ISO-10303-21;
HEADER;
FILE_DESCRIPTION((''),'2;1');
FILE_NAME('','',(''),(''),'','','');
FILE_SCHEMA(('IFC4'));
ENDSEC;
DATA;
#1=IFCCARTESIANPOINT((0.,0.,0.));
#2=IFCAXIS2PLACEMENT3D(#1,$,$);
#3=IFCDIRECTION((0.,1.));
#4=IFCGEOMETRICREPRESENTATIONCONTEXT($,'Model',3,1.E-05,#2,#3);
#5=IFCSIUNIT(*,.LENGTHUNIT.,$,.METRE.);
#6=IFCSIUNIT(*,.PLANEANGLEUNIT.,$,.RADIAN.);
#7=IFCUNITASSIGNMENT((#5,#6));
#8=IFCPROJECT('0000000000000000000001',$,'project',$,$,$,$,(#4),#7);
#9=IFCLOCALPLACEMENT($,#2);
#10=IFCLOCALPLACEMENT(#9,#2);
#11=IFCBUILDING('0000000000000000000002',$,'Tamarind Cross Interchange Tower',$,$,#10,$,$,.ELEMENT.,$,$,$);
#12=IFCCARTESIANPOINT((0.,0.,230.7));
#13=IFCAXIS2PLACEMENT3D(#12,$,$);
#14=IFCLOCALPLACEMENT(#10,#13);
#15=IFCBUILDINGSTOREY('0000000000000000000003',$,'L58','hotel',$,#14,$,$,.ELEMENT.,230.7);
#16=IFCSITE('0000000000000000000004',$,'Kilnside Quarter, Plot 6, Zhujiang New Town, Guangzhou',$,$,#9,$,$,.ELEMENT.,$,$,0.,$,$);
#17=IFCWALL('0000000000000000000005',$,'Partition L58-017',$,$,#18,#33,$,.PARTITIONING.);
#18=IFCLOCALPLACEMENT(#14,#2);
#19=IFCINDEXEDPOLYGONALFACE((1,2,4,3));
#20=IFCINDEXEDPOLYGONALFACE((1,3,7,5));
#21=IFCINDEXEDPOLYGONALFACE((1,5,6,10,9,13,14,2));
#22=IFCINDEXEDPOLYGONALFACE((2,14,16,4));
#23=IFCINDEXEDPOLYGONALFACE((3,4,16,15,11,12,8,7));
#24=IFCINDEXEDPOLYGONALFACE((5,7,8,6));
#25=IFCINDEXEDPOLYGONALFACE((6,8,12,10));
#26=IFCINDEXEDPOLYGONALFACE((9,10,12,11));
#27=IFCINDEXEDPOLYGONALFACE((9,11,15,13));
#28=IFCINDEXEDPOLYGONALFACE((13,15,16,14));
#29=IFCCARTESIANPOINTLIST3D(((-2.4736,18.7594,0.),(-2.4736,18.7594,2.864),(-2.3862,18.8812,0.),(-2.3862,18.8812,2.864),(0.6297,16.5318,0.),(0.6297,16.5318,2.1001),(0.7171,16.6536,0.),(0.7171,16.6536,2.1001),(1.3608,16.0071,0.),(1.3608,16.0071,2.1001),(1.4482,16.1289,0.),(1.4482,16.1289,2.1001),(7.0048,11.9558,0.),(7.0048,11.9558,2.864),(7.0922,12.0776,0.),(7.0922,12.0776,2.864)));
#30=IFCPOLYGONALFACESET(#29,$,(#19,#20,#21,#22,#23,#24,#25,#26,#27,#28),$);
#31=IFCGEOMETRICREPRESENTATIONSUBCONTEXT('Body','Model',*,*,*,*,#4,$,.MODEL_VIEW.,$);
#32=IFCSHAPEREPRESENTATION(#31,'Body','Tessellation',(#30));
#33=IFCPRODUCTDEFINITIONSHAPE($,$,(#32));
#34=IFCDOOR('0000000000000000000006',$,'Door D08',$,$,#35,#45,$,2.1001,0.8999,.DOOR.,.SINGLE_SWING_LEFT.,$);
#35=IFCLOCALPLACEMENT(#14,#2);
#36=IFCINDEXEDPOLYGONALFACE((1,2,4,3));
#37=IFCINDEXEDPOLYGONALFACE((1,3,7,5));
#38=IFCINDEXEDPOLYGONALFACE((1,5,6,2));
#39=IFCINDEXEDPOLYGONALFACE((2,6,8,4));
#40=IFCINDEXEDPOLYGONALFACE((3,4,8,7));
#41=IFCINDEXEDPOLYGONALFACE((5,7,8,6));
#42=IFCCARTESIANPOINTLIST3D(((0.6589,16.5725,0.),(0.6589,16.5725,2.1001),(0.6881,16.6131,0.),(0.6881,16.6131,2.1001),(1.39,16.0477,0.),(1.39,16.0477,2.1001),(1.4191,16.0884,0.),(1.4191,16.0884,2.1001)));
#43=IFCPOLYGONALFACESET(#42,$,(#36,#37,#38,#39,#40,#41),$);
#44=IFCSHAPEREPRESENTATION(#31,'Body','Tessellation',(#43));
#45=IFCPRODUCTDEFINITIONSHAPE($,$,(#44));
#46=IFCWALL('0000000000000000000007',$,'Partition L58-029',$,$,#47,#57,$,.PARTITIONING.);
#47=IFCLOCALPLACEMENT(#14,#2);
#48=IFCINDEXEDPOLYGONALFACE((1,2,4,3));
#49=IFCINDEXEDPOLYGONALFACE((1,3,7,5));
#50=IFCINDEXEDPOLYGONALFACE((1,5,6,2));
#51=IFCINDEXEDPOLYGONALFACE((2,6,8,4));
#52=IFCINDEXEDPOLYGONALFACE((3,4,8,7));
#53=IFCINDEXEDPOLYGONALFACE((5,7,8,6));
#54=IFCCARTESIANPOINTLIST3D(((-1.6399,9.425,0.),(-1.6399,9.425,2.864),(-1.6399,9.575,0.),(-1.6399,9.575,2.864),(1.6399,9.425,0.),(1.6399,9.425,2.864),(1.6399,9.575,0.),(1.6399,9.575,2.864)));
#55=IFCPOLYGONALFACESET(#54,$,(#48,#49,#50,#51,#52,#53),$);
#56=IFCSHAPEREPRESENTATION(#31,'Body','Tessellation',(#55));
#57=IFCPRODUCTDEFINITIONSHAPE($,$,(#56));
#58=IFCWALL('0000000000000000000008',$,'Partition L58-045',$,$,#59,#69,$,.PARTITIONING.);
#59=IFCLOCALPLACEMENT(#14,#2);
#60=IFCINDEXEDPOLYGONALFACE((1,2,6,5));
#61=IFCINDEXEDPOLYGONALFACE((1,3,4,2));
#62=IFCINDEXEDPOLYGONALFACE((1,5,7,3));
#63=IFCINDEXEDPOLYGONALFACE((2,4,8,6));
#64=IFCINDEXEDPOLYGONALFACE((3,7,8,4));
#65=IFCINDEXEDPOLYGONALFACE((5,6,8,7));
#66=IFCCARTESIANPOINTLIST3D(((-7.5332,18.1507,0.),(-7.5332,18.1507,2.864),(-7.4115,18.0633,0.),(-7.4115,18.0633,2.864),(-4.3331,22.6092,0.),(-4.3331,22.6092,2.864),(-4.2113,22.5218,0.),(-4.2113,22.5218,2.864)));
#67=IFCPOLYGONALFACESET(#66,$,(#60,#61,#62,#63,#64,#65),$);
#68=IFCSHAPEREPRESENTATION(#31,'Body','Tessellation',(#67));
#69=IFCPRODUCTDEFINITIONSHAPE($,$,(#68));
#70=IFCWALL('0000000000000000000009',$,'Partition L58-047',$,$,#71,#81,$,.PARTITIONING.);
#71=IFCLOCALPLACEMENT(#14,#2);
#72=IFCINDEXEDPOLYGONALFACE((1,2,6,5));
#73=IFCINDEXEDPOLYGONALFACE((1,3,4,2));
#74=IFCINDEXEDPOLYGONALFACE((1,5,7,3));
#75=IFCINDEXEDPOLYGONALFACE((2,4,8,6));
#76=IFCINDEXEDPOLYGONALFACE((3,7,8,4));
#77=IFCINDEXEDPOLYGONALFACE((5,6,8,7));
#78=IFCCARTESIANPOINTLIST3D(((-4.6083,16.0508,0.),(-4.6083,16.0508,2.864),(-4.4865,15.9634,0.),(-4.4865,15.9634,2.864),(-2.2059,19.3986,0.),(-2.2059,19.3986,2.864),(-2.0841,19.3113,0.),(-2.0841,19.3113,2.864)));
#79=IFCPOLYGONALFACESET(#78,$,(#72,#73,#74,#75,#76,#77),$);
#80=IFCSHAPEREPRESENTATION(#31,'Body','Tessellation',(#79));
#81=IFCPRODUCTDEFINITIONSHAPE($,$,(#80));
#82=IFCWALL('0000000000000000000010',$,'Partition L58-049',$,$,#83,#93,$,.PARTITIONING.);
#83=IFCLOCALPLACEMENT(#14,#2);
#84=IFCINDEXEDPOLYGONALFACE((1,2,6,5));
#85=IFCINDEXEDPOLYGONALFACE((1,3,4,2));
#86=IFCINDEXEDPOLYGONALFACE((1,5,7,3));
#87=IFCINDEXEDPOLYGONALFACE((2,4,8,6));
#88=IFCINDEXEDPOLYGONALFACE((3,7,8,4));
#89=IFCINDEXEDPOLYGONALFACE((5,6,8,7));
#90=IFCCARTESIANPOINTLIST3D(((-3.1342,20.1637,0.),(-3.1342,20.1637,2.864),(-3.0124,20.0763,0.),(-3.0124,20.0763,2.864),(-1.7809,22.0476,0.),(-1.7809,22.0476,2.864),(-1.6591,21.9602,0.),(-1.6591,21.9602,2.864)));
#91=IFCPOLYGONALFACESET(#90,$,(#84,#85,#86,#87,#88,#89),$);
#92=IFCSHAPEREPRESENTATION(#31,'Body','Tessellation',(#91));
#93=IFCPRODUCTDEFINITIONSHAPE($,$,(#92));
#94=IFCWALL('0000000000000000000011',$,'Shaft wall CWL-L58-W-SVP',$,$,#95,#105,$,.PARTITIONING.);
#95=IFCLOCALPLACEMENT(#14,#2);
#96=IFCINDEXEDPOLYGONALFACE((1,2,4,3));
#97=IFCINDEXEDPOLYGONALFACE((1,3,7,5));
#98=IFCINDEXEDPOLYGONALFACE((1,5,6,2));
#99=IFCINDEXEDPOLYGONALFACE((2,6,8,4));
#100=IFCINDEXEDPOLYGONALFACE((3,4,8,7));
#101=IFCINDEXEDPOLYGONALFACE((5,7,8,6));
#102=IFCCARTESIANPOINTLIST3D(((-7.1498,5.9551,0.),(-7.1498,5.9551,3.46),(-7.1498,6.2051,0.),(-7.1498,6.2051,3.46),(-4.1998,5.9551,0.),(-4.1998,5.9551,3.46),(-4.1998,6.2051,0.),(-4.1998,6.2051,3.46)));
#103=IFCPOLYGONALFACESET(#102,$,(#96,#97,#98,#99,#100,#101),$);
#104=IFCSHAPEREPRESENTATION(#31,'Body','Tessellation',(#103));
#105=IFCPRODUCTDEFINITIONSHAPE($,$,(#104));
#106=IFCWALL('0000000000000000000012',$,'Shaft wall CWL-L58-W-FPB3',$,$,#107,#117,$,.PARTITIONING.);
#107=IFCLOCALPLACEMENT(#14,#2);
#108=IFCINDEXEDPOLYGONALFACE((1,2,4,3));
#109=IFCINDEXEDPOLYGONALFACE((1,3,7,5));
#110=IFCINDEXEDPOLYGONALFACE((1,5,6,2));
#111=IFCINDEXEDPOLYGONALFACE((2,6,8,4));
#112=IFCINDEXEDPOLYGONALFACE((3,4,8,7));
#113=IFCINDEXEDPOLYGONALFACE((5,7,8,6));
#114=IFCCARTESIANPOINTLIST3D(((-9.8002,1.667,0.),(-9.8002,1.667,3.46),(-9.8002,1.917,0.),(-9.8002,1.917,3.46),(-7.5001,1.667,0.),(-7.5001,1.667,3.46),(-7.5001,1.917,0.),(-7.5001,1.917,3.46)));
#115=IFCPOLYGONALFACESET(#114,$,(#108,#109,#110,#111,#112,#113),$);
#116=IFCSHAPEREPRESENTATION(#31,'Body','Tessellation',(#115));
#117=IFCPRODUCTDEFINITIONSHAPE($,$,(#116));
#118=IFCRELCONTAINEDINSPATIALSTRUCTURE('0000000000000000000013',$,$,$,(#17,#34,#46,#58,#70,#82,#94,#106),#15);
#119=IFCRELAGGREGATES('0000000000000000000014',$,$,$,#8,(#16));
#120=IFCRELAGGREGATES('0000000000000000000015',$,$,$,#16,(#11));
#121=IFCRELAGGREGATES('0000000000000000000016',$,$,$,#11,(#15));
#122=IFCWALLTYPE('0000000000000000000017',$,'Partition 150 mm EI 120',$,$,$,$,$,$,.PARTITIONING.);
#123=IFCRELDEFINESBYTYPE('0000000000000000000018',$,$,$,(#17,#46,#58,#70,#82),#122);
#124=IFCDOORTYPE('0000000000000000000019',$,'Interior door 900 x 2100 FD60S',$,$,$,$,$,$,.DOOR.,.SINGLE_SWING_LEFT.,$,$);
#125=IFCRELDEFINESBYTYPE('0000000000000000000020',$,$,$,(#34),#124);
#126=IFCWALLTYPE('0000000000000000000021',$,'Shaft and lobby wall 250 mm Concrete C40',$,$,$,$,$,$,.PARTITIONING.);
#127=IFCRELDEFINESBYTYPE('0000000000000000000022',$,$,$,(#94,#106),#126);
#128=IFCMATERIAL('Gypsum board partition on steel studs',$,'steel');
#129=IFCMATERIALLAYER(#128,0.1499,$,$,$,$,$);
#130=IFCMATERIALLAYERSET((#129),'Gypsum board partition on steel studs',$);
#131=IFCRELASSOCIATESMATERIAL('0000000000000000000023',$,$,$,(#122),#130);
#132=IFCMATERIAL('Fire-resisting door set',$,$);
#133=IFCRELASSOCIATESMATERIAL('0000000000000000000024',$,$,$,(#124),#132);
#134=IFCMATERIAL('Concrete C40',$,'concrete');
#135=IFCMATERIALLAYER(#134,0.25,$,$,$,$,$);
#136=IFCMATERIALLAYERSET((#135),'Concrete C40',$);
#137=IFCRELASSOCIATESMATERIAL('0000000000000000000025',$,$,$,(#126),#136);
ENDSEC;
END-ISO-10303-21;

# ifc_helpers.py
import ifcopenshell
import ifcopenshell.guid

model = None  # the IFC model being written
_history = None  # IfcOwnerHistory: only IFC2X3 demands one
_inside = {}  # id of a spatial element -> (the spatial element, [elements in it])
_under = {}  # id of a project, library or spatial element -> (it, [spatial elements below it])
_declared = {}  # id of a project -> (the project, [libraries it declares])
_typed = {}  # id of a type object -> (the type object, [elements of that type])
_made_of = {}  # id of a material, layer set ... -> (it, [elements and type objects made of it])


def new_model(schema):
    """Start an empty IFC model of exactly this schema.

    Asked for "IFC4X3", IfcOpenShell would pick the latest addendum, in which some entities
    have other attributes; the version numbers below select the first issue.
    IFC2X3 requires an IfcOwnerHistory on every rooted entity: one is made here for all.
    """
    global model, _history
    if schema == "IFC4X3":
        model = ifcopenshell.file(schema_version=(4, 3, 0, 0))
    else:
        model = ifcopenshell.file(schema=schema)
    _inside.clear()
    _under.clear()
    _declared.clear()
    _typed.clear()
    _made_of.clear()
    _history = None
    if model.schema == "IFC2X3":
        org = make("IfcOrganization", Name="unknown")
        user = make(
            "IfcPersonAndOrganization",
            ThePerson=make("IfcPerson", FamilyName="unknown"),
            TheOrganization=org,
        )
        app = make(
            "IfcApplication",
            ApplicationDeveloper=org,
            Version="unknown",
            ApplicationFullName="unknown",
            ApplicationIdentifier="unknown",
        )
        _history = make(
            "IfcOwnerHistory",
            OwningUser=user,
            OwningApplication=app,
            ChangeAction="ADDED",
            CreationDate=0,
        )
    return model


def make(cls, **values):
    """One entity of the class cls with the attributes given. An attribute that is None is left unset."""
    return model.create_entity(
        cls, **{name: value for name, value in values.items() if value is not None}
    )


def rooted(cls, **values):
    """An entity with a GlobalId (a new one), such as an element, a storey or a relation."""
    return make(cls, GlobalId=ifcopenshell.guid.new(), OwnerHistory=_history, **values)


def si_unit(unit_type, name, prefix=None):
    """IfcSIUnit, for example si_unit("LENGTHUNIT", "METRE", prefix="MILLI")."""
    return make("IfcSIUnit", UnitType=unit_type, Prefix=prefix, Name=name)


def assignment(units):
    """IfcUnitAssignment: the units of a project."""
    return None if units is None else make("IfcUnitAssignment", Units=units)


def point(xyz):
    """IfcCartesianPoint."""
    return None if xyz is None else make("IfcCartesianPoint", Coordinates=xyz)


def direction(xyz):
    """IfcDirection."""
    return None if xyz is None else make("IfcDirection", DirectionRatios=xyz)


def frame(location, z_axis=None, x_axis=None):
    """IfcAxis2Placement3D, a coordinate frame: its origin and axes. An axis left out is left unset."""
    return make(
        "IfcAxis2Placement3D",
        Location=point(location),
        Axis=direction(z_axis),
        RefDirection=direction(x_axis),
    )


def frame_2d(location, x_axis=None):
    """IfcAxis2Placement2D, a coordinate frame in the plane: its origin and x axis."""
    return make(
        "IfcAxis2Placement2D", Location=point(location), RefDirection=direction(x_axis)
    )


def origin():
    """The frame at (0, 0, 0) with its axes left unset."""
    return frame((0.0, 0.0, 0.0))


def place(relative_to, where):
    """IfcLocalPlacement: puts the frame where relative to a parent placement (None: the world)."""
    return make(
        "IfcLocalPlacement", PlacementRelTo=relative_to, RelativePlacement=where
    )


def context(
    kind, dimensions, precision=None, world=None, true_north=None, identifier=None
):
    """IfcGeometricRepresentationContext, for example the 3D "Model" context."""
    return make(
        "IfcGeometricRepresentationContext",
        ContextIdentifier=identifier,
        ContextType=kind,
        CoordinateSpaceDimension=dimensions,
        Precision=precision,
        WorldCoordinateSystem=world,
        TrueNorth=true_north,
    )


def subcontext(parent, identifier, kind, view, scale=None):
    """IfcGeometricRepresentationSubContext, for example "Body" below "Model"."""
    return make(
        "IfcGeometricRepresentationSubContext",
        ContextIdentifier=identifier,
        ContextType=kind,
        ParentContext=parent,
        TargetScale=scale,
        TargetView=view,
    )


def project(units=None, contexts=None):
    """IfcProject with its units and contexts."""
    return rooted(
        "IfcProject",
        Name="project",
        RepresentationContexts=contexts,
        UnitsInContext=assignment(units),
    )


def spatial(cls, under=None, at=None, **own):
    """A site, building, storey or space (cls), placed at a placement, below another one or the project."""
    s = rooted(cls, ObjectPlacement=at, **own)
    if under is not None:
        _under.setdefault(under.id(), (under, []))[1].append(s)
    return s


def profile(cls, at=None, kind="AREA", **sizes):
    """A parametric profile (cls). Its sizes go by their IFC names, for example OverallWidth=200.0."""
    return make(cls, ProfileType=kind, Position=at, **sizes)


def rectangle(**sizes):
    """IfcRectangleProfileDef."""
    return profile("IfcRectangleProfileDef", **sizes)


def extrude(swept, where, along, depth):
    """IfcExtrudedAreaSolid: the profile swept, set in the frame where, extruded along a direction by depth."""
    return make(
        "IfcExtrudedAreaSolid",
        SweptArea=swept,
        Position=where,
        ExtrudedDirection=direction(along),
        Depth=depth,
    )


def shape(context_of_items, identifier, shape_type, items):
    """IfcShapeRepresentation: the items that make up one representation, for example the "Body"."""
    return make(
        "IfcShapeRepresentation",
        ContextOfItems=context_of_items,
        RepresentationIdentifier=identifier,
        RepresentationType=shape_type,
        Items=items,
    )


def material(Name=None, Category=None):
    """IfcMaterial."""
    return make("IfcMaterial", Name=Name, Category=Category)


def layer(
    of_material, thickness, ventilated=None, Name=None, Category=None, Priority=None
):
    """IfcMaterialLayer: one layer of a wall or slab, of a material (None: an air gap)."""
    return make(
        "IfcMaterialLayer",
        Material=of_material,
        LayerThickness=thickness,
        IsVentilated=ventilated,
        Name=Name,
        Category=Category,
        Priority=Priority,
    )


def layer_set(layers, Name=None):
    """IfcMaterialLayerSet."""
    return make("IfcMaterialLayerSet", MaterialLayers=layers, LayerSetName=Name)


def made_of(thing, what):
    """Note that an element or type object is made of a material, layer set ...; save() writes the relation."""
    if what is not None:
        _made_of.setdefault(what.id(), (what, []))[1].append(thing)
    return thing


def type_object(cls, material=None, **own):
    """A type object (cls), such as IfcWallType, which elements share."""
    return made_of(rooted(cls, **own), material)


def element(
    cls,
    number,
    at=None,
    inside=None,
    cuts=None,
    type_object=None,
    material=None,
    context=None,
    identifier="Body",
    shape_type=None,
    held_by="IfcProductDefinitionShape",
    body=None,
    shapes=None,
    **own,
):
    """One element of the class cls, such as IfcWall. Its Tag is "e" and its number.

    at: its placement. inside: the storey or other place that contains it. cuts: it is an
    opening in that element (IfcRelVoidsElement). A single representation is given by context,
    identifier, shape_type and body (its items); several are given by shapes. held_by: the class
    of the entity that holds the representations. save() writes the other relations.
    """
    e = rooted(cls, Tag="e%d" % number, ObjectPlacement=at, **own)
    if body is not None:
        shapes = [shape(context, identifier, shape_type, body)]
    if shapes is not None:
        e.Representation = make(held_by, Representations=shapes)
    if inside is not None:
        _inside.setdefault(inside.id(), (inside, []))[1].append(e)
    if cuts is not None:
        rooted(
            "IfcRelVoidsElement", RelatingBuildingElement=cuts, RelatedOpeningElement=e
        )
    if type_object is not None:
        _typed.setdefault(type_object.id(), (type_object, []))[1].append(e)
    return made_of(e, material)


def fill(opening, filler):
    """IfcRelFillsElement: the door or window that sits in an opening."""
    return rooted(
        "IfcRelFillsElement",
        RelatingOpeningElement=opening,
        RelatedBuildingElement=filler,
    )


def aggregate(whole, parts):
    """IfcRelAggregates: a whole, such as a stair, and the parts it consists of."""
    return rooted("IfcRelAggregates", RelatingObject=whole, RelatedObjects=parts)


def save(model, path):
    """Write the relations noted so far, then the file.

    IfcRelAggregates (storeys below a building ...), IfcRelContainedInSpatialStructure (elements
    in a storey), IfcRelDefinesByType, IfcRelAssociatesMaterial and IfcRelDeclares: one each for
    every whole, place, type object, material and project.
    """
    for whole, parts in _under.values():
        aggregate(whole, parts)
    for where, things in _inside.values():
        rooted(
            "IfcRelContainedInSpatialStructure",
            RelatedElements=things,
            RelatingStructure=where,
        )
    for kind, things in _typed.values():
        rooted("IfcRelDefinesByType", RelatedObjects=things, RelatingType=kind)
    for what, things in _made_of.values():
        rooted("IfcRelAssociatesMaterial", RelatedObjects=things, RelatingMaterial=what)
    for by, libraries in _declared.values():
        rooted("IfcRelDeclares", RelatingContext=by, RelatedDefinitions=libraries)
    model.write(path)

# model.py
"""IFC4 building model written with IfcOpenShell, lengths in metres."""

from ifc_helpers import new_model, si_unit, direction, frame, frame_2d, origin, place, context, subcontext, project, spatial, rectangle, extrude, material, layer, layer_set, type_object, element, fill, save


model = new_model("IFC4")

# Units and contexts
model_context = context("Model", 3, precision=1e-05, world=origin(), true_north=direction((0.0, 1.0)))
body_context = subcontext(model_context, "Body", "Model", "MODEL_VIEW")
ifc_project = project(units=[si_unit("LENGTHUNIT", "METRE"), si_unit("PLANEANGLEUNIT", "RADIAN")], contexts=[model_context])

# Site, building, storey
site_placement = place(None, origin())
site = spatial("IfcSite", under=ifc_project, at=site_placement, Name="Kilnside Quarter, Plot 6, Zhujiang New Town, Guangzhou", CompositionType="ELEMENT", RefElevation=0.0)
building_placement = place(site_placement, origin())
building = spatial("IfcBuilding", under=site, at=building_placement, Name="Tamarind Cross Interchange Tower", CompositionType="ELEMENT")
storey_placement = place(building_placement, frame((0.0, 0.0, 230.7)))
storey = spatial("IfcBuildingStorey", under=building, at=storey_placement, Name="L58", Description="hotel", CompositionType="ELEMENT", Elevation=230.7)

# Shared definitions
ifc_material_1 = material(Name="Gypsum board partition on steel studs", Category="steel")
ifc_layer_1 = layer(ifc_material_1, 0.1499)
ifc_layer_set_1 = layer_set([ifc_layer_1], Name="Gypsum board partition on steel studs")
wall_type_1 = type_object("IfcWallType", Name="Partition 150 mm EI 120", PredefinedType="PARTITIONING", material=ifc_layer_set_1)

# Wall, opening, door
ifc_material_2 = material(Name="Fire-resisting door set")
door_type = type_object("IfcDoorType", Name="Interior door 900 x 2100 FD60S", OperationType="SINGLE_SWING_LEFT", PredefinedType="DOOR", material=ifc_material_2)
wall_1_placement = place(storey_placement, frame((-2.4299, 18.8203, 0.0), z_axis=(0.0, 0.0, 1.0), x_axis=(0.81238, -0.583129, 0.0)))
wall_1 = element("IfcWall", 1, at=wall_1_placement, inside=storey, type_object=wall_type_1, Name="Partition L58-017", PredefinedType="PARTITIONING", context=body_context, shape_type="SweptSolid", body=[
    extrude(rectangle(XDim=11.6675, YDim=0.1499, at=frame_2d((5.8337, 0.0))), origin(), (0.0, 0.0, 1.0), 2.864),
])
opening_1_placement = place(wall_1_placement, frame((3.8201, 0.0, 0.0)))
opening_1 = element("IfcOpeningElement", 2, at=opening_1_placement, cuts=wall_1, PredefinedType="OPENING", context=body_context, shape_type="SweptSolid", body=[
    extrude(rectangle(XDim=0.8999, YDim=2.1001, at=frame_2d((0.45, 1.05))), frame((0.0, 0.085, 0.0), z_axis=(0.0, -1.0, 0.0), x_axis=(1.0, 0.0, 0.0)), (0.0, 0.0, 1.0), 0.1699),
])
door_1_placement = place(opening_1_placement, frame((0.8999, 0.0, 0.0), z_axis=(0.0, 0.0, 1.0), x_axis=(-1.0, 0.0, 0.0)))
door_1 = element("IfcDoor", 3, at=door_1_placement, inside=storey, type_object=door_type, Name="Door D08", OperationType="SINGLE_SWING_LEFT", OverallHeight=2.1001, OverallWidth=0.8999, PredefinedType="DOOR", context=body_context, shape_type="SweptSolid", body=[
    extrude(rectangle(XDim=0.8999, YDim=2.1001, at=frame_2d((0.45, 1.05))), frame((0.0, 0.0249, 0.0), z_axis=(0.0, -1.0, 0.0), x_axis=(1.0, 0.0, 0.0)), (0.0, 0.0, 1.0), 0.05),
])
fill(opening_1, door_1)

# Walls
wall_2_placement = place(storey_placement, frame((-1.6399, 9.5, 0.0), z_axis=(0.0, 0.0, 1.0), x_axis=(1.0, 0.0, 0.0)))
element("IfcWall", 4, at=wall_2_placement, inside=storey, type_object=wall_type_1, Name="Partition L58-029", PredefinedType="PARTITIONING", context=body_context, shape_type="SweptSolid", body=[
    extrude(rectangle(XDim=3.2798, YDim=0.1499, at=frame_2d((1.6399, 0.0))), origin(), (0.0, 0.0, 1.0), 2.864),
])
wall_3_placement = place(storey_placement, frame((-7.4724, 18.1069, 0.0), z_axis=(0.0, 0.0, 1.0), x_axis=(0.583113, 0.812391, 0.0)))
element("IfcWall", 5, at=wall_3_placement, inside=storey, type_object=wall_type_1, Name="Partition L58-045", PredefinedType="PARTITIONING", context=body_context, shape_type="SweptSolid", body=[
    extrude(rectangle(XDim=5.488, YDim=0.1499, at=frame_2d((2.7441, 0.0))), origin(), (0.0, 0.0, 1.0), 2.864),
])
wall_4_placement = place(storey_placement, frame((-4.5474, 16.0071, 0.0), z_axis=(0.0, 0.0, 1.0), x_axis=(0.583002, 0.812471, 0.0)))
element("IfcWall", 6, at=wall_4_placement, inside=storey, type_object=wall_type_1, Name="Partition L58-047", PredefinedType="PARTITIONING", context=body_context, shape_type="SweptSolid", body=[
    extrude(rectangle(XDim=4.1206, YDim=0.1499, at=frame_2d((2.0603, 0.0))), origin(), (0.0, 0.0, 1.0), 2.864),
])
wall_5_placement = place(storey_placement, frame((-3.0732, 20.1201, 0.0), z_axis=(0.0, 0.0, 1.0), x_axis=(0.583436, 0.812159, 0.0)))
element("IfcWall", 7, at=wall_5_placement, inside=storey, type_object=wall_type_1, Name="Partition L58-049", PredefinedType="PARTITIONING", context=body_context, shape_type="SweptSolid", body=[
    extrude(rectangle(XDim=2.3196, YDim=0.1499, at=frame_2d((1.1597, 0.0))), origin(), (0.0, 0.0, 1.0), 2.864),
])
ifc_material_3 = material(Name="Concrete C40", Category="concrete")
ifc_layer_2 = layer(ifc_material_3, 0.25)
ifc_layer_set_2 = layer_set([ifc_layer_2], Name="Concrete C40")
wall_type_2 = type_object("IfcWallType", Name="Shaft and lobby wall 250 mm Concrete C40", PredefinedType="PARTITIONING", material=ifc_layer_set_2)
wall_6_placement = place(storey_placement, frame((-7.1499, 6.0801, 0.0), z_axis=(0.0, 0.0, 1.0), x_axis=(1.0, 0.0, 0.0)))
element("IfcWall", 8, at=wall_6_placement, inside=storey, type_object=wall_type_2, Name="Shaft wall CWL-L58-W-SVP", PredefinedType="PARTITIONING", context=body_context, shape_type="SweptSolid", body=[
    extrude(rectangle(XDim=2.95, YDim=0.25, at=frame_2d((1.4751, 0.0))), origin(), (0.0, 0.0, 1.0), 3.46),
])
wall_7_placement = place(storey_placement, frame((-9.8, 1.792, 0.0), z_axis=(0.0, 0.0, 1.0), x_axis=(1.0, 0.0, 0.0)))
element("IfcWall", 9, at=wall_7_placement, inside=storey, type_object=wall_type_2, Name="Shaft wall CWL-L58-W-FPB3", PredefinedType="PARTITIONING", context=body_context, shape_type="SweptSolid", body=[
    extrude(rectangle(XDim=2.3, YDim=0.25, at=frame_2d((1.1499, 0.0))), origin(), (0.0, 0.0, 1.0), 3.46),
])

save(model, "model.ifc")
